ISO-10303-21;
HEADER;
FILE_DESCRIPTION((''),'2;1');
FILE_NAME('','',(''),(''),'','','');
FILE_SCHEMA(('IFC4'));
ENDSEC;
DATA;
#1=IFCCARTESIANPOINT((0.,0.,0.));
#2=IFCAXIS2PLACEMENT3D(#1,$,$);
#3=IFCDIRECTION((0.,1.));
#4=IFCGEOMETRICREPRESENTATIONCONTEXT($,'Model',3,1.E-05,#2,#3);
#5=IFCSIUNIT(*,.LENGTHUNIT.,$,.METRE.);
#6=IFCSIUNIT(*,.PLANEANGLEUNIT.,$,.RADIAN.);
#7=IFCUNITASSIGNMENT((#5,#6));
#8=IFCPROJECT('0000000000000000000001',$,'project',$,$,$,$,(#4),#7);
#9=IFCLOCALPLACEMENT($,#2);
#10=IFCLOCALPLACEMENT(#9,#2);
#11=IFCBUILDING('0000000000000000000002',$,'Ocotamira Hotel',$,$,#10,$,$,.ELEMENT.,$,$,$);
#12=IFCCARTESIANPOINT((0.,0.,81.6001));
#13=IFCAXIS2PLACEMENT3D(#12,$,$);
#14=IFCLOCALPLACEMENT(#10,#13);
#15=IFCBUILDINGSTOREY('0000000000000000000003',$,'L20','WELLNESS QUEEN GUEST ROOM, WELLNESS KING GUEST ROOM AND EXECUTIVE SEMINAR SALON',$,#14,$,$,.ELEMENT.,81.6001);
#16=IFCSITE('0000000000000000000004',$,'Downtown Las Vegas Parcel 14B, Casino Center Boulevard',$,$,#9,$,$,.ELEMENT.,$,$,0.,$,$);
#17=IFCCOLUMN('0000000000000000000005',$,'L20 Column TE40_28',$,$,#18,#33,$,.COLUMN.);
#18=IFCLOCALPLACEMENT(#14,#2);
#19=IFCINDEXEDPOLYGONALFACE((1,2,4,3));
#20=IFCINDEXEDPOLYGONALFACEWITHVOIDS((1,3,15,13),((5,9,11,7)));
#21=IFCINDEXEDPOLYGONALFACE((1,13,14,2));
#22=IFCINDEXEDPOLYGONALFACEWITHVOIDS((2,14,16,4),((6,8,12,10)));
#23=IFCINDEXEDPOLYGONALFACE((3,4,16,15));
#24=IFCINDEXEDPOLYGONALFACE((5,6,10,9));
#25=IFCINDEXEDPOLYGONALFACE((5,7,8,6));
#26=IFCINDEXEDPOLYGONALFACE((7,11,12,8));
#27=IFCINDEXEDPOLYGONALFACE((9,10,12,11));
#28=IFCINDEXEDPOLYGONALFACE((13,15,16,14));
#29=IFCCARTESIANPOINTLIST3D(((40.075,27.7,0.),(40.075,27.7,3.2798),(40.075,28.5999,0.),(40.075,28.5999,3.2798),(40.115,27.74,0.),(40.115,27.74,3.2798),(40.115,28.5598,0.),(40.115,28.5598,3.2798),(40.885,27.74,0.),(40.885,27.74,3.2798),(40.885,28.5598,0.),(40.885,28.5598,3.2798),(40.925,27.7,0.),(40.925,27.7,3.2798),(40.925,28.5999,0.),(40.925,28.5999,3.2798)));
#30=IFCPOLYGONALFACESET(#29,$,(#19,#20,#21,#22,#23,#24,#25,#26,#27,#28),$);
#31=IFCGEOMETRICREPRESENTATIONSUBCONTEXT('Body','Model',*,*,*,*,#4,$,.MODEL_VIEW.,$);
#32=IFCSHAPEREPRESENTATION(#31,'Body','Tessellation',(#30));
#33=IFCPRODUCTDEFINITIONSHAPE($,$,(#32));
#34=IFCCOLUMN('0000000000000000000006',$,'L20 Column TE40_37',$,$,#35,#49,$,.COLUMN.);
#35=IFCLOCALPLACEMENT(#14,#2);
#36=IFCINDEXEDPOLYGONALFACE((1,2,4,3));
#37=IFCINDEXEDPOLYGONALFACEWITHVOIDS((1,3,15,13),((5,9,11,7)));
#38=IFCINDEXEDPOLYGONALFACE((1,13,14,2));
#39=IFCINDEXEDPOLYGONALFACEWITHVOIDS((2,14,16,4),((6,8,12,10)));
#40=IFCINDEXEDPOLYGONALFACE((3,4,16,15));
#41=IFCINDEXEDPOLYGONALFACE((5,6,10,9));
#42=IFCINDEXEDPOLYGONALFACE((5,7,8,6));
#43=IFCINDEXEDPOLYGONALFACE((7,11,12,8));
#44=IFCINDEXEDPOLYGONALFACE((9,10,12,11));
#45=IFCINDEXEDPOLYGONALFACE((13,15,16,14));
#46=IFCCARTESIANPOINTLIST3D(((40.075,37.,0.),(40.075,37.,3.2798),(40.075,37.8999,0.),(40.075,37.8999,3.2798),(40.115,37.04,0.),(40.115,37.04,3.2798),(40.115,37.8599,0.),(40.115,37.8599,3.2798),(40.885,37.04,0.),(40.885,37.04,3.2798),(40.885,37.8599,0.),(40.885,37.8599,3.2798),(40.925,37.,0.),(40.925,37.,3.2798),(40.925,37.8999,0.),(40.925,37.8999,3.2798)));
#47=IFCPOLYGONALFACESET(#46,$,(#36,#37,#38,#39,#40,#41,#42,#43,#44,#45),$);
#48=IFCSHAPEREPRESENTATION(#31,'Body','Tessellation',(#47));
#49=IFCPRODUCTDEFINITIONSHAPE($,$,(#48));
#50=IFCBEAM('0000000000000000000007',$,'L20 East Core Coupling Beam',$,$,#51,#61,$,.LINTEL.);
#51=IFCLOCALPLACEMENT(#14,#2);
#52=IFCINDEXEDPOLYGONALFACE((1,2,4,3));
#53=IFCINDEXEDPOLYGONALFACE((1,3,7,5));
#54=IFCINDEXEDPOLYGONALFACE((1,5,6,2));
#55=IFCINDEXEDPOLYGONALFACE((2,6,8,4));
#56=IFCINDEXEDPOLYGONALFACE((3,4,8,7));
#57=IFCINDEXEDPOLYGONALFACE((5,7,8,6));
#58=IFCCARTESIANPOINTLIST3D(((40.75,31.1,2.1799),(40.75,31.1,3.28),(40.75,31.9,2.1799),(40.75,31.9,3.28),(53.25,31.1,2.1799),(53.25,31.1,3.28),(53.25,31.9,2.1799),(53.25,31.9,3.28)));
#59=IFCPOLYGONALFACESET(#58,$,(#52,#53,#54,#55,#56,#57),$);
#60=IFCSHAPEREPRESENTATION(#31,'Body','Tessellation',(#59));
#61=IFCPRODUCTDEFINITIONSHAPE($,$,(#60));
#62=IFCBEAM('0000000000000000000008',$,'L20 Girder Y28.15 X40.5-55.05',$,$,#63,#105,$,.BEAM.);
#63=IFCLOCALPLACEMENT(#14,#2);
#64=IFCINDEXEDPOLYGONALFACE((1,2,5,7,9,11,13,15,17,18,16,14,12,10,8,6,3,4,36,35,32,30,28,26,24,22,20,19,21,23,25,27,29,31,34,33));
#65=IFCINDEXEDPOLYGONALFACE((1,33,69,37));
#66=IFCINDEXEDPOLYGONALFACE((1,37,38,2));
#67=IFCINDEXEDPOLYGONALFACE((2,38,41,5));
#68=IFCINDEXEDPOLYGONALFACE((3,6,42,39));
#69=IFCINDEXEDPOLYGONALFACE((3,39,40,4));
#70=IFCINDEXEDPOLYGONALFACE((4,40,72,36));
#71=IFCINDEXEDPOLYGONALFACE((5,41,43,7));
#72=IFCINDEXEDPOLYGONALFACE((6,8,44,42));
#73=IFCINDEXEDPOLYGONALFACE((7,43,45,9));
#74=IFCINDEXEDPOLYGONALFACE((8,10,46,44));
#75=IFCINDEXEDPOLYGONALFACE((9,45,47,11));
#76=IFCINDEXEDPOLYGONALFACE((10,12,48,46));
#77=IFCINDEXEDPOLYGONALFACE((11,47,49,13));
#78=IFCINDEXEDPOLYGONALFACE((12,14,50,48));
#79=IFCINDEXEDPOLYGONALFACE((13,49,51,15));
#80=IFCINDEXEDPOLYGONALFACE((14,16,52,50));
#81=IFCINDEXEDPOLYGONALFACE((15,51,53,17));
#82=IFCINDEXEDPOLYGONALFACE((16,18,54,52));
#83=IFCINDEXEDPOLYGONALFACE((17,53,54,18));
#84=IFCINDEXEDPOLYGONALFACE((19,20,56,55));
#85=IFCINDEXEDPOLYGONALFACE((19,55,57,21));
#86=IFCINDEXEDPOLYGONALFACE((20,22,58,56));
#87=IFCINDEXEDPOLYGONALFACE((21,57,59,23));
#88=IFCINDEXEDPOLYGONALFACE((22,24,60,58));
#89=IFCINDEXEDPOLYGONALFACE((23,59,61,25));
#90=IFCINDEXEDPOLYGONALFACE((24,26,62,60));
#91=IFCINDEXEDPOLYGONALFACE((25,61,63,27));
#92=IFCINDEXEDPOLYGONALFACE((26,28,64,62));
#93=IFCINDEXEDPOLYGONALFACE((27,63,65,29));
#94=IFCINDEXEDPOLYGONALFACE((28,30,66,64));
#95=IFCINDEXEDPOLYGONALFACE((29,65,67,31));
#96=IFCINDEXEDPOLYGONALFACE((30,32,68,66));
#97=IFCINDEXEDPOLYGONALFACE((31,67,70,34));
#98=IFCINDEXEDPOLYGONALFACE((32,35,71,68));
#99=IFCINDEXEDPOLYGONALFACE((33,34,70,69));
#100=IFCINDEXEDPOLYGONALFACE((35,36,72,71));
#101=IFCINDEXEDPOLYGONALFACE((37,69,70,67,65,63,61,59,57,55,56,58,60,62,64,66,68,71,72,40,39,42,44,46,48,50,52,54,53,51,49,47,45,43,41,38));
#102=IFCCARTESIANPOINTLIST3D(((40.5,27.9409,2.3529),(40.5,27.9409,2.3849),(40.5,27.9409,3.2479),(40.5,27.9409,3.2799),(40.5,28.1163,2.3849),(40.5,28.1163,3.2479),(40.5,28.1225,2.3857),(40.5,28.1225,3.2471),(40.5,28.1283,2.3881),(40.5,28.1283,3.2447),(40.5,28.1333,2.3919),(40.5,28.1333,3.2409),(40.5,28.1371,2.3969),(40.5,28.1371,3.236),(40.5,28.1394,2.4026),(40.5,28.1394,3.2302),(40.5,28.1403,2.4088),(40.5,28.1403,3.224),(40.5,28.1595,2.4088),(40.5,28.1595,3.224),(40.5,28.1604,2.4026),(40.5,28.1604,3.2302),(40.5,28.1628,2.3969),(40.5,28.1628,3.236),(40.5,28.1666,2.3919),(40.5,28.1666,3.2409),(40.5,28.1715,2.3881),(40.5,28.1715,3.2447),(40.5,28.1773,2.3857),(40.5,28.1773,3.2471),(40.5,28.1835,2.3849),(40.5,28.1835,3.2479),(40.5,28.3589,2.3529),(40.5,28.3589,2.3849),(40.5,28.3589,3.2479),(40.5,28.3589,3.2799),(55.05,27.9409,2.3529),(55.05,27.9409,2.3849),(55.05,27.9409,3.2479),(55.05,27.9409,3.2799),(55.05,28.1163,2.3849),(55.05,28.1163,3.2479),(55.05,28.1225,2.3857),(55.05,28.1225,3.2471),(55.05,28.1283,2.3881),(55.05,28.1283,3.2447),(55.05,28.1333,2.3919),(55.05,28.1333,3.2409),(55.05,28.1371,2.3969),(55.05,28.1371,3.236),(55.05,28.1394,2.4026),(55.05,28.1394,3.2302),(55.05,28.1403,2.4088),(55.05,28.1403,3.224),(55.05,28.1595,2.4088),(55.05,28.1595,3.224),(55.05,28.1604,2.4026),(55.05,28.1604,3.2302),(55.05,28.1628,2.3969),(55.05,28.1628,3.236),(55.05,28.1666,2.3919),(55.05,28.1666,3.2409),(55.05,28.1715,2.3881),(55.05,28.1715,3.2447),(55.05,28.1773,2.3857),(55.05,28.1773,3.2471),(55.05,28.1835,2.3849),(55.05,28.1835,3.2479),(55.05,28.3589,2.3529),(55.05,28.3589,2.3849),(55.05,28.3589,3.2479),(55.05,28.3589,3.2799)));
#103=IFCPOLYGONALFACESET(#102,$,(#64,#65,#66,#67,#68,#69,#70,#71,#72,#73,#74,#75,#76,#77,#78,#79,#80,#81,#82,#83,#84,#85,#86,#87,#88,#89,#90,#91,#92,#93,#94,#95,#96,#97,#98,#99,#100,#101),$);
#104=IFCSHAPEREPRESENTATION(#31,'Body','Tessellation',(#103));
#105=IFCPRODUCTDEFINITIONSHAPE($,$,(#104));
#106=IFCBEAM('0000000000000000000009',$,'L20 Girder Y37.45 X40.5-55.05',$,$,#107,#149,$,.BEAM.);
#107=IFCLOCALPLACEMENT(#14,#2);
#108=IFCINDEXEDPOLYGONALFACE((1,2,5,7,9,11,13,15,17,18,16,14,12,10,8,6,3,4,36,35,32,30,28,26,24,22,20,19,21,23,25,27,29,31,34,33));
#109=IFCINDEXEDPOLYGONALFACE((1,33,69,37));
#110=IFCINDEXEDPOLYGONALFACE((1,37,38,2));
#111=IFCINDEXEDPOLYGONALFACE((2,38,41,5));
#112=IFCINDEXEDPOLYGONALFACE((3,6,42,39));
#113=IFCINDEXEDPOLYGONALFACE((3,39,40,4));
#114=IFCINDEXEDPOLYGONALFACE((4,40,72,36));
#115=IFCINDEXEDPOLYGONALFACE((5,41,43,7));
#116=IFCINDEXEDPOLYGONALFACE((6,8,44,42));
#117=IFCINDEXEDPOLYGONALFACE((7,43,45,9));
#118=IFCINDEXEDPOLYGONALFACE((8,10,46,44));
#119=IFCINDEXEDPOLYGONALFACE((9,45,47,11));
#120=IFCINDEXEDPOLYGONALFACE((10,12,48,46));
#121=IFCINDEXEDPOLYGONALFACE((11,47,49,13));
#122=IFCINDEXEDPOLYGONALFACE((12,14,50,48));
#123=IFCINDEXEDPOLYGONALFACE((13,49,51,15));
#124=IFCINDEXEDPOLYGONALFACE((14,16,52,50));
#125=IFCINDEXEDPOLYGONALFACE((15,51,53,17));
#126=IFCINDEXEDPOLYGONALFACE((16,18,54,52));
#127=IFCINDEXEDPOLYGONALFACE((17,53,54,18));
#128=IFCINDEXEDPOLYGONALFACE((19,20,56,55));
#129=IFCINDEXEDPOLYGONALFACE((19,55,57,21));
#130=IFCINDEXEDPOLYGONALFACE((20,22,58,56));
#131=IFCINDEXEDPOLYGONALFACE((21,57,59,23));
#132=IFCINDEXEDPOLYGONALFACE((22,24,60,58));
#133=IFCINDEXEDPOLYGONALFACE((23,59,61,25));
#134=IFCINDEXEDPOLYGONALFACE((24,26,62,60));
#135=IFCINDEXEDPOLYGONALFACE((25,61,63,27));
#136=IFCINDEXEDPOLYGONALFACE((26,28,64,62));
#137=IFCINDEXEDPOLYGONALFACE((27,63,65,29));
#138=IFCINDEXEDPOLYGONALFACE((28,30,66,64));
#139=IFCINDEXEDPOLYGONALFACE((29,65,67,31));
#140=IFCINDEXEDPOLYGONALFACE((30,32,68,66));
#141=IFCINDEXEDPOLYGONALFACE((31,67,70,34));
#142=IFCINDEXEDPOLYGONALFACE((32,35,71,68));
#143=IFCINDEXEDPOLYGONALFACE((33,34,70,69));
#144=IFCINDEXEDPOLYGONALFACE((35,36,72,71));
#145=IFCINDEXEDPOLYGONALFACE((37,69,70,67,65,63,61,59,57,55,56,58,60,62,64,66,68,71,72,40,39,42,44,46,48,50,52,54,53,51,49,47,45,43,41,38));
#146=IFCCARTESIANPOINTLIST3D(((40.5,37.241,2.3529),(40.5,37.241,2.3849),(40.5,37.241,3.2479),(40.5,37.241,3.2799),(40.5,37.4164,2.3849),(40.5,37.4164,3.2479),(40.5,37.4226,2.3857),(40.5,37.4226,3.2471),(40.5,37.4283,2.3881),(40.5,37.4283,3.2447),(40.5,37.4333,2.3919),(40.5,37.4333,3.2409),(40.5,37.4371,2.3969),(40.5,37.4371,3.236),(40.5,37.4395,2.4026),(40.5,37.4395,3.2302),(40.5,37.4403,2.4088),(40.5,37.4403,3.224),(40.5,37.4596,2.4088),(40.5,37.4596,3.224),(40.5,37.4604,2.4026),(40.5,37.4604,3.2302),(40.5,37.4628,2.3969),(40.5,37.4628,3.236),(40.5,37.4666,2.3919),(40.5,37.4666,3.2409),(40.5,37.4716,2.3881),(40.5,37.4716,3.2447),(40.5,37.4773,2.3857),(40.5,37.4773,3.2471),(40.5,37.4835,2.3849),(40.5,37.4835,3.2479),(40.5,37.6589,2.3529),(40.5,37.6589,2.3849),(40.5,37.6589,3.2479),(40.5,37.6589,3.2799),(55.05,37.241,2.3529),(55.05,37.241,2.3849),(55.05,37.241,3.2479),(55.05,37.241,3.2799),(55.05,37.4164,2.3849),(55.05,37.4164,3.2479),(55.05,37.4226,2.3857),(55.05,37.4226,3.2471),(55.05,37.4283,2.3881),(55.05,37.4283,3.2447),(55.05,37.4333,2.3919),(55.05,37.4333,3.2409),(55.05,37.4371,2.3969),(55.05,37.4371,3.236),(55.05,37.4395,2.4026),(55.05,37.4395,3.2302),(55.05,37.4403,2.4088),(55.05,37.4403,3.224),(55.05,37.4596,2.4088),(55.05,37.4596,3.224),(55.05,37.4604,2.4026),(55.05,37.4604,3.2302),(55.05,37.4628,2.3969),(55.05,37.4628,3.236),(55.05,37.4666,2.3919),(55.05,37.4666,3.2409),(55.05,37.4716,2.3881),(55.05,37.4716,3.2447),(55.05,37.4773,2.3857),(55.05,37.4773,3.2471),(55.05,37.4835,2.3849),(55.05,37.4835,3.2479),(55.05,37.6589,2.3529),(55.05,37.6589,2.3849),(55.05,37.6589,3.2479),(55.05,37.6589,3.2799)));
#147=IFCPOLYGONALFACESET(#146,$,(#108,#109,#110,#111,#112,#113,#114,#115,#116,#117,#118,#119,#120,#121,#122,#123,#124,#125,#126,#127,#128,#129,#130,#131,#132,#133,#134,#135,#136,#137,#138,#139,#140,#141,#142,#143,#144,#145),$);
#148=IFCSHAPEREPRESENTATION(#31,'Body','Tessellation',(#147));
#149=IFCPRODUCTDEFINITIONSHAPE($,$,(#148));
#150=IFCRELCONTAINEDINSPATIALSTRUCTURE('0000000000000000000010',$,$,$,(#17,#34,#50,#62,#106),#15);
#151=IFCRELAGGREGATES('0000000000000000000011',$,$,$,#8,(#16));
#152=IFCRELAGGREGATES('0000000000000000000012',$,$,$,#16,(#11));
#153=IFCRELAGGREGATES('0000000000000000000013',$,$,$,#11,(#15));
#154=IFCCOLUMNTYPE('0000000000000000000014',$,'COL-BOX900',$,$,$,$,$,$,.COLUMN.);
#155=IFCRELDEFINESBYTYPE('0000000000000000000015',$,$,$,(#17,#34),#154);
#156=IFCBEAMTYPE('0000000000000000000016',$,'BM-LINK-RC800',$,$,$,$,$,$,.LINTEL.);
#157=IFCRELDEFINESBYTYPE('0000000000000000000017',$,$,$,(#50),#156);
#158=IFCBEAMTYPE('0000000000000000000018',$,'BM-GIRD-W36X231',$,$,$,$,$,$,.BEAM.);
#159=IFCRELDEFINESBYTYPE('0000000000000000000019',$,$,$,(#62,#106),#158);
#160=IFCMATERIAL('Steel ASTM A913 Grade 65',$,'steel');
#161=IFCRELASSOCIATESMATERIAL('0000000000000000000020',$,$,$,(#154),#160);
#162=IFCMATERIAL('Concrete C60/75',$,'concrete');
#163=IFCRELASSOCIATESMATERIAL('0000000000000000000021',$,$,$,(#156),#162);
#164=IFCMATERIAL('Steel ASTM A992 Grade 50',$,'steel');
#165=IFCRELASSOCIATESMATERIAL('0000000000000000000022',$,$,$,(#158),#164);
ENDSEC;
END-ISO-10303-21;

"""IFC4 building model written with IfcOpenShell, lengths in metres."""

from ifc_helpers import new_model, si_unit, direction, frame, origin, origin_2d, place, context, subcontext, project, spatial, rectangle, hollow_rectangle, i_section, extrude, source, transform, mapped, material, material_profile, profile_set, type_object, element, save


model = new_model("IFC4")

# Units and contexts
model_context = context("Model", 3, precision=1e-05, world=origin(), true_north=direction((0.0, 1.0)))
body_context = subcontext(model_context, "Body", "Model", "MODEL_VIEW")
ifc_project = project(units=[si_unit("LENGTHUNIT", "METRE"), si_unit("PLANEANGLEUNIT", "RADIAN")], contexts=[model_context])

# Site, building, storey
site_placement = place(None, origin())
site = spatial("IfcSite", under=ifc_project, at=site_placement, Name="Downtown Las Vegas Parcel 14B, Casino Center Boulevard", CompositionType="ELEMENT", RefElevation=0.0)
building_placement = place(site_placement, origin())
building = spatial("IfcBuilding", under=site, at=building_placement, Name="Ocotamira Hotel", CompositionType="ELEMENT")
storey_placement = place(building_placement, frame((0.0, 0.0, 81.6001)))
storey = spatial("IfcBuildingStorey", under=building, at=storey_placement, Name="L20", Description="WELLNESS QUEEN GUEST ROOM, WELLNESS KING GUEST ROOM AND EXECUTIVE SEMINAR SALON", CompositionType="ELEMENT", Elevation=81.6001)

# Columns
ifc_material_1 = material(Name="Steel ASTM A913 Grade 65", Category="steel")
ifc_material_profile_1 = material_profile(ifc_material_1, hollow_rectangle(XDim=0.8501, YDim=0.8999, WallThickness=0.04, at=origin_2d()), Name="BOX900X850X40")
ifc_profile_set_1 = profile_set([ifc_material_profile_1], Name="Steel ASTM A913 Grade 65")
column_type = type_object("IfcColumnType", Name="COL-BOX900", PredefinedType="COLUMN", material=ifc_profile_set_1)
shared_shape_1 = source(origin(), body_context, "Body", "SweptSolid", [
    extrude(hollow_rectangle(XDim=0.8501, YDim=0.8999, WallThickness=0.04, at=origin_2d()), origin(), (0.0, 0.0, 1.0), 3.2798),
])
for number, where, z_axis, x_axis, name in (
    (1, (40.5, 28.1499, 0.0), (0.0, 0.0, 1.0), (1.0, 0.0, 0.0), "L20 Column TE40_28"),
    (2, (40.5, 37.45, 0.0), (0.0, 0.0, 1.0), (1.0, 0.0, 0.0), "L20 Column TE40_37"),
):
    element("IfcColumn", number, at=place(storey_placement, frame(where, z_axis=z_axis, x_axis=x_axis)), inside=storey, type_object=column_type, Name=name, PredefinedType="COLUMN", context=body_context, shape_type="MappedRepresentation", body=[
        mapped(shared_shape_1, transform((0.0, 0.0, 0.0), scale=1.0)),
    ])

# Beams
ifc_material_2 = material(Name="Concrete C60/75", Category="concrete")
ifc_material_profile_2 = material_profile(ifc_material_2, rectangle(XDim=0.8, YDim=1.1001, at=origin_2d()), Name="RC800X1100")
ifc_profile_set_2 = profile_set([ifc_material_profile_2], Name="Concrete C60/75")
beam_type_1 = type_object("IfcBeamType", Name="BM-LINK-RC800", PredefinedType="LINTEL", material=ifc_profile_set_2)
shared_shape_2 = source(origin(), body_context, "Body", "SweptSolid", [
    extrude(rectangle(XDim=0.8, YDim=1.1001, at=origin_2d()), origin(), (0.0, 0.0, 1.0), 12.5),
])
beam_1_placement = place(storey_placement, frame((40.75, 31.5, 2.73), z_axis=(1.0, 0.0, 0.0), x_axis=(0.0, 1.0, 0.0)))
element("IfcBeam", 3, at=beam_1_placement, inside=storey, type_object=beam_type_1, Name="L20 East Core Coupling Beam", PredefinedType="LINTEL", context=body_context, shape_type="MappedRepresentation", body=[
    mapped(shared_shape_2, transform((0.0, 0.0, 0.0), scale=1.0)),
])
ifc_material_3 = material(Name="Steel ASTM A992 Grade 50", Category="steel")
ifc_material_profile_3 = material_profile(ifc_material_3, i_section(OverallWidth=0.418, OverallDepth=0.927, WebThickness=0.0193, FlangeThickness=0.032, FilletRadius=0.0239, at=origin_2d()), Name="W36X231")
ifc_profile_set_3 = profile_set([ifc_material_profile_3], Name="Steel ASTM A992 Grade 50")
beam_type_2 = type_object("IfcBeamType", Name="BM-GIRD-W36X231", PredefinedType="BEAM", material=ifc_profile_set_3)
shared_shape_3 = source(origin(), body_context, "Body", "SweptSolid", [
    extrude(i_section(OverallWidth=0.418, OverallDepth=0.927, WebThickness=0.0193, FlangeThickness=0.032, FilletRadius=0.0239, at=origin_2d()), origin(), (0.0, 0.0, 1.0), 14.55),
])
for number, where, z_axis, x_axis, name in (
    (4, (40.5, 28.1499, 2.8164), (1.0, 0.0, 0.0), (0.0, 1.0, 0.0), "L20 Girder Y28.15 X40.5-55.05"),
    (5, (40.5, 37.45, 2.8164), (1.0, 0.0, 0.0), (0.0, 1.0, 0.0), "L20 Girder Y37.45 X40.5-55.05"),
):
    element("IfcBeam", number, at=place(storey_placement, frame(where, z_axis=z_axis, x_axis=x_axis)), inside=storey, type_object=beam_type_2, Name=name, PredefinedType="BEAM", context=body_context, shape_type="MappedRepresentation", body=[
        mapped(shared_shape_3, transform((0.0, 0.0, 0.0), scale=1.0)),
    ])

save(model, "model.ifc")
